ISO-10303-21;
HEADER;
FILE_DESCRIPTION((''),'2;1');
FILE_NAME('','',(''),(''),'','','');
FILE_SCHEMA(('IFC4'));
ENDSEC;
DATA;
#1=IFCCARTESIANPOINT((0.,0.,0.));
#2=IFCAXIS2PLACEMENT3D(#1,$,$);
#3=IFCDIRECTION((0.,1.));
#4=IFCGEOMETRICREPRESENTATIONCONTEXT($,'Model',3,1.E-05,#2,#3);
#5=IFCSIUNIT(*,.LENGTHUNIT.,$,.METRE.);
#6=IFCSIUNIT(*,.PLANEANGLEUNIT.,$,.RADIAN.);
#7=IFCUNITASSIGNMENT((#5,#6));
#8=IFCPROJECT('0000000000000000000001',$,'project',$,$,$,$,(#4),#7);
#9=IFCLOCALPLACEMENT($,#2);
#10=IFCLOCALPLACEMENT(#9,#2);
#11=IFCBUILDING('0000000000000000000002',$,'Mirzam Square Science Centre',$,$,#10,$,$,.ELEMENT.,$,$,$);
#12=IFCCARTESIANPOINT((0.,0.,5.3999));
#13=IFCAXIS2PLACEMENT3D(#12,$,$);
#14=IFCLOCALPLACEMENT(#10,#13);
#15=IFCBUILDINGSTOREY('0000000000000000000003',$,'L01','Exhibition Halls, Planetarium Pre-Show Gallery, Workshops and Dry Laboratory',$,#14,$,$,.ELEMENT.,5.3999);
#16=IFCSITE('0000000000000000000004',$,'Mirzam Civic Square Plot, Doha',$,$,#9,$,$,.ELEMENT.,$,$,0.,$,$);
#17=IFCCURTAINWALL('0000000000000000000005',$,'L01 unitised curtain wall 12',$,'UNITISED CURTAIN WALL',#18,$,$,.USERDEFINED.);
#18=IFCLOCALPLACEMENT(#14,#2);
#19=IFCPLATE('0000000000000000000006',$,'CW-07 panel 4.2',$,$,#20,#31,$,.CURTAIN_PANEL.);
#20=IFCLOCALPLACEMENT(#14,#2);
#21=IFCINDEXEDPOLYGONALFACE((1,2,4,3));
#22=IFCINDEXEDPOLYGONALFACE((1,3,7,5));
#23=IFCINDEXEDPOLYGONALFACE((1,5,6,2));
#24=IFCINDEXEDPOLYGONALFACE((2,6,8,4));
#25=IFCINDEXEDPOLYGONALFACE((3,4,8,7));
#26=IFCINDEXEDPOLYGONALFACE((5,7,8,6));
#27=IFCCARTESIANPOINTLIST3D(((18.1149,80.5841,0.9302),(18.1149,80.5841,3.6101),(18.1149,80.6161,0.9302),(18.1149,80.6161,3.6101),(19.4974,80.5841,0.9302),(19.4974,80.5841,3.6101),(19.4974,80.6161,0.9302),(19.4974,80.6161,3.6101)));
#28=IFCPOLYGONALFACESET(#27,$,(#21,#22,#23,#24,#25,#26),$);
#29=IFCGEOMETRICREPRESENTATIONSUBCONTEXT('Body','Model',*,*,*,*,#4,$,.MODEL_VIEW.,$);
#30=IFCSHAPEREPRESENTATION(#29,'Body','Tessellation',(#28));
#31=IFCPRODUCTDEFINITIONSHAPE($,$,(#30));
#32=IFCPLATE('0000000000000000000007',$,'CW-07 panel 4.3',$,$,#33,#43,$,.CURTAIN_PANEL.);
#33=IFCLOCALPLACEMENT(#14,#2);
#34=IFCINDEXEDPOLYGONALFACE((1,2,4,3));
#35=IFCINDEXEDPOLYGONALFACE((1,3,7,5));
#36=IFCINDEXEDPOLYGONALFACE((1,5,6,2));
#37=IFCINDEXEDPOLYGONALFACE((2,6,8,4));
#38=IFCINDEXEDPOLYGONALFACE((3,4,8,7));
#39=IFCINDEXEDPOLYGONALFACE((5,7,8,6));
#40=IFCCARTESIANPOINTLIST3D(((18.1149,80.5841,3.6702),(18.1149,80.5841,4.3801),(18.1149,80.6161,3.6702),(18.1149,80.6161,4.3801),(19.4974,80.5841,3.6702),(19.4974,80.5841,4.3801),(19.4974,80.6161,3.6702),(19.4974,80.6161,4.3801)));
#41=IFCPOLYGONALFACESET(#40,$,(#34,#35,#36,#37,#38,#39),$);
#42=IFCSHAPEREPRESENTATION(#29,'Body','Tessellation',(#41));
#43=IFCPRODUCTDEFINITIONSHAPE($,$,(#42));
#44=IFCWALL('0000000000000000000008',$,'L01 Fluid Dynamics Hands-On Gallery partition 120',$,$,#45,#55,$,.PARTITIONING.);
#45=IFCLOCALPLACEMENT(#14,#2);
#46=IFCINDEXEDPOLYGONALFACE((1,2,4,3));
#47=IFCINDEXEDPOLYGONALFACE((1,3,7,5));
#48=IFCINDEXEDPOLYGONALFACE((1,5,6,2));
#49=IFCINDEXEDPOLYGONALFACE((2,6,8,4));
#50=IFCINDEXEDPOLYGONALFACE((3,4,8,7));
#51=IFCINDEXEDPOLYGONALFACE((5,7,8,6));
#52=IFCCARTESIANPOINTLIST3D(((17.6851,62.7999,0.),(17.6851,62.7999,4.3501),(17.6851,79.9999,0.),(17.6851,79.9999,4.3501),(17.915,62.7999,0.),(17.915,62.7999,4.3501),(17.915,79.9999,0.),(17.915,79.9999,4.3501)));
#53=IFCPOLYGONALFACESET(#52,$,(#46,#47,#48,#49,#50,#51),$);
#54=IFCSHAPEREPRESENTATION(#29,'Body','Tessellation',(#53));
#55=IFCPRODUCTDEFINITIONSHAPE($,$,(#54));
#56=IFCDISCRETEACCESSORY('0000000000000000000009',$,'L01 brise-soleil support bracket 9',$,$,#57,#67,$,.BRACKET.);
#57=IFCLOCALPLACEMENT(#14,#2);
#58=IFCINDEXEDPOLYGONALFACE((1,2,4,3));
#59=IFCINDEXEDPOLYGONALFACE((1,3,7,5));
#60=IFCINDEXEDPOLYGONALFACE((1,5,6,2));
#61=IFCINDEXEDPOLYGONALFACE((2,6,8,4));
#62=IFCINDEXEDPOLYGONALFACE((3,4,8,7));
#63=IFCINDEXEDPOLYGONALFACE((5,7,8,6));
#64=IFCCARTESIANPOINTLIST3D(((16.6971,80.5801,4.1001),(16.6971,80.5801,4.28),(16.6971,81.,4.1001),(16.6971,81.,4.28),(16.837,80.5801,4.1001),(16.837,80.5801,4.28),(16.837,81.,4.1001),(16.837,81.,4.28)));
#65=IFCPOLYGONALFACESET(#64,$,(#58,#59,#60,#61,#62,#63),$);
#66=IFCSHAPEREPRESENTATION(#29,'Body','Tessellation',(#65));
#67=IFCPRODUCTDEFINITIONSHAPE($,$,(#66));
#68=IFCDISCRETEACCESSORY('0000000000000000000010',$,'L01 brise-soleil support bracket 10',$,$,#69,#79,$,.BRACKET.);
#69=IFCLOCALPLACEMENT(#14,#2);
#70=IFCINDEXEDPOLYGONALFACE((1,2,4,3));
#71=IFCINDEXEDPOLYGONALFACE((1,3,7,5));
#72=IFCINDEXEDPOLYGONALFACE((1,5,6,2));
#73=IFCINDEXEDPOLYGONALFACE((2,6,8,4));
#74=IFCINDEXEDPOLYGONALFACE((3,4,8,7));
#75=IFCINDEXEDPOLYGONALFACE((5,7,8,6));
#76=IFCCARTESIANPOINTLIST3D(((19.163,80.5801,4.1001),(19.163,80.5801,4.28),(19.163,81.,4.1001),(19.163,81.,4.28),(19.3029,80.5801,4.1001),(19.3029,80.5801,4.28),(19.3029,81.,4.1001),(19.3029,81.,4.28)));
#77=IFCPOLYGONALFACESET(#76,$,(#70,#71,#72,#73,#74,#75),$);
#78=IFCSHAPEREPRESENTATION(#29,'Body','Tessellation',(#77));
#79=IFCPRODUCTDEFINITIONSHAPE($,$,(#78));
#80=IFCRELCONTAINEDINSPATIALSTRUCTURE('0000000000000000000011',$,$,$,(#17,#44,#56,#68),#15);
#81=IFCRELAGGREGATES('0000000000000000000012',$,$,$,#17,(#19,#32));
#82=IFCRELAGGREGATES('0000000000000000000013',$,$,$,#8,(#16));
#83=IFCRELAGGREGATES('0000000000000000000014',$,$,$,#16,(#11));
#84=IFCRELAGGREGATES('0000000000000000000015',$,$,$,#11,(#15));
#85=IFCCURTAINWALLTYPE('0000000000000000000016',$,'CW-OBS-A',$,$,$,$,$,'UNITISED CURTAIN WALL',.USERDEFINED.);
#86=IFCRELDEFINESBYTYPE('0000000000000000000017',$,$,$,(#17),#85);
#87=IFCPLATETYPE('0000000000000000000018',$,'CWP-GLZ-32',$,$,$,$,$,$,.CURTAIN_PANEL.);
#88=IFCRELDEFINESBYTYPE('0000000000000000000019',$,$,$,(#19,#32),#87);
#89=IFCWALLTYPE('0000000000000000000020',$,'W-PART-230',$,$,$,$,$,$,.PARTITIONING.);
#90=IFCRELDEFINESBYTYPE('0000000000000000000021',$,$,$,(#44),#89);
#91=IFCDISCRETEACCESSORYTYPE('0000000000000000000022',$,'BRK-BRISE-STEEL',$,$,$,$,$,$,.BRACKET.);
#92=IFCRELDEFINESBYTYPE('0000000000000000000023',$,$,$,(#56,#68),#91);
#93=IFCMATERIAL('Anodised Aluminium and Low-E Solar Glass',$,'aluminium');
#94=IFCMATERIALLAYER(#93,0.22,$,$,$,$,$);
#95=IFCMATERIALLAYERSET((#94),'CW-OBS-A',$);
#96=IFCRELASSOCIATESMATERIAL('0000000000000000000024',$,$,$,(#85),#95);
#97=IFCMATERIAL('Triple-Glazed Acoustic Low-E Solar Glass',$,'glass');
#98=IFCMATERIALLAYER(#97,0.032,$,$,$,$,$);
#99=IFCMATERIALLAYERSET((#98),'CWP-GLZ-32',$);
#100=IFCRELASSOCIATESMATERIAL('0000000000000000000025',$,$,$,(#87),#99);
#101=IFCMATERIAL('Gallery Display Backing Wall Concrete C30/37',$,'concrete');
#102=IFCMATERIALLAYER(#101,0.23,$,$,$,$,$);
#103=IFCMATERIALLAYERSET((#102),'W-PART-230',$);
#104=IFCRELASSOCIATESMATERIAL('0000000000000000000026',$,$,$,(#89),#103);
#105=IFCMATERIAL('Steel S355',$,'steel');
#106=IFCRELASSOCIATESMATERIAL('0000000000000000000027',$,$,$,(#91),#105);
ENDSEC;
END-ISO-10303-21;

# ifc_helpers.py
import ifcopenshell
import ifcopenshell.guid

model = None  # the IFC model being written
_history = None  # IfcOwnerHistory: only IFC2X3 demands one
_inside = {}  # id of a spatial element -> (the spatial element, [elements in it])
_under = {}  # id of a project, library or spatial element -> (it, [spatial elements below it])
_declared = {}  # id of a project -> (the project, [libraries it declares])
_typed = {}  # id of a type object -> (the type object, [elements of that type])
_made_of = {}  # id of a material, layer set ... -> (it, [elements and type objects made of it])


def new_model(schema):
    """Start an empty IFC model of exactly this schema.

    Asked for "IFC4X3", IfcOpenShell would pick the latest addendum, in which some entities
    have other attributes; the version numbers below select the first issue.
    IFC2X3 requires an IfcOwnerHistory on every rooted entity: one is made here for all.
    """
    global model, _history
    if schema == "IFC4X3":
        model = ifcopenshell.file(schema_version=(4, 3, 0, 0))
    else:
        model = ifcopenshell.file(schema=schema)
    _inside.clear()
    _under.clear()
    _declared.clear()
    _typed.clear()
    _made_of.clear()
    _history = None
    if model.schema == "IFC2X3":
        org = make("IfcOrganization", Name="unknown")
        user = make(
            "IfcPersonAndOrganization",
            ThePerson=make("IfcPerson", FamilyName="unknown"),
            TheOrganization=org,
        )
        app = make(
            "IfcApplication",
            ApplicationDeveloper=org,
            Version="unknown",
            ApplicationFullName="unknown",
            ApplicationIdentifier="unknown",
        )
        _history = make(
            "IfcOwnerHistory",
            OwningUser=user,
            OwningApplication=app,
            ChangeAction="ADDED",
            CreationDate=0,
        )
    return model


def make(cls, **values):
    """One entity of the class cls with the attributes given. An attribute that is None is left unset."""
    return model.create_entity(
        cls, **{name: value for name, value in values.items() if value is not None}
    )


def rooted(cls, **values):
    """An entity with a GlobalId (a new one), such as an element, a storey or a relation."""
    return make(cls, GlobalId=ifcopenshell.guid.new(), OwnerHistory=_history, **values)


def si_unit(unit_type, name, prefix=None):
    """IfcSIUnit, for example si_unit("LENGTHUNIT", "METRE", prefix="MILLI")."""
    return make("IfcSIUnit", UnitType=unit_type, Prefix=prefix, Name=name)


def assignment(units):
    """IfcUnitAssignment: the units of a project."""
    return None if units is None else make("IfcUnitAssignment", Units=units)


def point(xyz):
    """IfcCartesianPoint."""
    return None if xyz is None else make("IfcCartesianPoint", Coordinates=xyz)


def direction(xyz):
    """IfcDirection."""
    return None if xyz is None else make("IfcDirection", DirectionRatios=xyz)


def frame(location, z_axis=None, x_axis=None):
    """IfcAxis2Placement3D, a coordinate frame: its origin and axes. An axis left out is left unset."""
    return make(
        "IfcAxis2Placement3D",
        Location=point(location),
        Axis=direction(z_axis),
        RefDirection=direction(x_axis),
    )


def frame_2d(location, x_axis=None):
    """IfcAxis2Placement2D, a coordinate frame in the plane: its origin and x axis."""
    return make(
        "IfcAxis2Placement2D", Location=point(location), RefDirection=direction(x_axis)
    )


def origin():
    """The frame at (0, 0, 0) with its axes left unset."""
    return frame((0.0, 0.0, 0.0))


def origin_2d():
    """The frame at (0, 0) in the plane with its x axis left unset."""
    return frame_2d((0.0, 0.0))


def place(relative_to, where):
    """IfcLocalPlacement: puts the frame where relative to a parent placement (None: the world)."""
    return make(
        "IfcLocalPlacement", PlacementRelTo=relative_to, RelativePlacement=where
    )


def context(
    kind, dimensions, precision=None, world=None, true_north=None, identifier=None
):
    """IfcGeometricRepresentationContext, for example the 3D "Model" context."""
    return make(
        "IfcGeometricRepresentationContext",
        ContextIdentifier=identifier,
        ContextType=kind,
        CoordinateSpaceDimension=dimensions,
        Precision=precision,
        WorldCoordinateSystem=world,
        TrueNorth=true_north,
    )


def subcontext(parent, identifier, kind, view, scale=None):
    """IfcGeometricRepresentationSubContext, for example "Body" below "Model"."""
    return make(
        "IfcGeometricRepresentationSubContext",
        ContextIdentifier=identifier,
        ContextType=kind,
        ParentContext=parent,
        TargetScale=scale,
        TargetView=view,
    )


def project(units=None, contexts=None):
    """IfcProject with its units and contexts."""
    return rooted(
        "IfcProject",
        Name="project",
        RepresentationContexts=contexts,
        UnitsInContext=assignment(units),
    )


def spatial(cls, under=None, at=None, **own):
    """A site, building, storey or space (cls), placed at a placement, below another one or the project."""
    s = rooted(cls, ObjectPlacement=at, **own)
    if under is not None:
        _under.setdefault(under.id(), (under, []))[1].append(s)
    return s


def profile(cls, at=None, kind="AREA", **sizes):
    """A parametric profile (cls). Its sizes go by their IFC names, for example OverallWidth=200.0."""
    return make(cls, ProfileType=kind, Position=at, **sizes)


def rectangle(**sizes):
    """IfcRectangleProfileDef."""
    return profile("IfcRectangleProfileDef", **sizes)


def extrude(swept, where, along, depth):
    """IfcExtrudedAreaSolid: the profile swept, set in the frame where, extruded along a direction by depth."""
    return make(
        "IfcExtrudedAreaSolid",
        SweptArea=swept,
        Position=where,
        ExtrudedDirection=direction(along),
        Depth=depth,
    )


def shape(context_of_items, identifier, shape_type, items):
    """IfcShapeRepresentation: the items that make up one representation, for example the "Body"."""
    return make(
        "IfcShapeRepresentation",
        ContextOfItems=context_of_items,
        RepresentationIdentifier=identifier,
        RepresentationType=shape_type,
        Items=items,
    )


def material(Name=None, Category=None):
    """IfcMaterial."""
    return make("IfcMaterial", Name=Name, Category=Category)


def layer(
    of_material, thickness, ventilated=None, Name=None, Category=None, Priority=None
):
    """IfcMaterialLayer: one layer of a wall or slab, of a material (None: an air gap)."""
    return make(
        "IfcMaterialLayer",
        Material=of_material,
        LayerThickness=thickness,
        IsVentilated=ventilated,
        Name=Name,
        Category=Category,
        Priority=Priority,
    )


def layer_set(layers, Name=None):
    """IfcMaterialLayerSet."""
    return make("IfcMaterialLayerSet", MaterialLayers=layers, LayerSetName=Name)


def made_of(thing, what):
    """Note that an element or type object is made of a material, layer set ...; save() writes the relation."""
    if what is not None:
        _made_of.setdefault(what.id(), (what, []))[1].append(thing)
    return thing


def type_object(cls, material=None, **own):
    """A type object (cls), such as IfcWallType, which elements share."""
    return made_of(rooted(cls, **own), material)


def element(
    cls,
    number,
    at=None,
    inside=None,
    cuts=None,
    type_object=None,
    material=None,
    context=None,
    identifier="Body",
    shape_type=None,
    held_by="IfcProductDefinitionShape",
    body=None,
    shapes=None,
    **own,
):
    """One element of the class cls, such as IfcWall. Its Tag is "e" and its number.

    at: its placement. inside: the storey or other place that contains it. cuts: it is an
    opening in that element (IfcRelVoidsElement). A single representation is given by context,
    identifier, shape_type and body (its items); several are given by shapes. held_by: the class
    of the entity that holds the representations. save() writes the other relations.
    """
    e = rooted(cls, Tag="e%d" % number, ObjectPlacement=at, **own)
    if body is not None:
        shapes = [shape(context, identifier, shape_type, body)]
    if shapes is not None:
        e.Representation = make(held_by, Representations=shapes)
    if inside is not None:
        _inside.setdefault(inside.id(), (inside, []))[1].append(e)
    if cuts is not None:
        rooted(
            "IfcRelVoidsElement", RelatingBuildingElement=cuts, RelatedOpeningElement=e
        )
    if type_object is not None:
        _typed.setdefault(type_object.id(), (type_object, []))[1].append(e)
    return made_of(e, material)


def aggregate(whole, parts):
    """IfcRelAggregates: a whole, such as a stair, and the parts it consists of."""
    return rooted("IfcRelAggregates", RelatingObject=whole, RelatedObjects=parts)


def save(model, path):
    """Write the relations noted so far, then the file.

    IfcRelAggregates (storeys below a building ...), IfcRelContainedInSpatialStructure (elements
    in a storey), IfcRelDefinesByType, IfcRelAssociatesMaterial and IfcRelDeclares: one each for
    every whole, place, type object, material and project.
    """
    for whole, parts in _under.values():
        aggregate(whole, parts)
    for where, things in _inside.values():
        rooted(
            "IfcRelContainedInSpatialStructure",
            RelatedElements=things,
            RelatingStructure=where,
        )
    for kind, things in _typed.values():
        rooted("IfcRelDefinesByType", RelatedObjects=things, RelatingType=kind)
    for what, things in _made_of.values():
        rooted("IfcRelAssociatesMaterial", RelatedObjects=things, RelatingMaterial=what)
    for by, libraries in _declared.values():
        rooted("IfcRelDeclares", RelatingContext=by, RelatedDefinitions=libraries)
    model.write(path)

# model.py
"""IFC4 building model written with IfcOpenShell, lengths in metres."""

from ifc_helpers import new_model, si_unit, direction, frame, frame_2d, origin, origin_2d, place, context, subcontext, project, spatial, rectangle, extrude, material, layer, layer_set, type_object, element, aggregate, save


model = new_model("IFC4")

# Units and contexts
model_context = context("Model", 3, precision=1e-05, world=origin(), true_north=direction((0.0, 1.0)))
body_context = subcontext(model_context, "Body", "Model", "MODEL_VIEW")
ifc_project = project(units=[si_unit("LENGTHUNIT", "METRE"), si_unit("PLANEANGLEUNIT", "RADIAN")], contexts=[model_context])

# Site, building, storey
site_placement = place(None, origin())
site = spatial("IfcSite", under=ifc_project, at=site_placement, Name="Mirzam Civic Square Plot, Doha", CompositionType="ELEMENT", RefElevation=0.0)
building_placement = place(site_placement, origin())
building = spatial("IfcBuilding", under=site, at=building_placement, Name="Mirzam Square Science Centre", CompositionType="ELEMENT")
storey_placement = place(building_placement, frame((0.0, 0.0, 5.3999)))
storey = spatial("IfcBuildingStorey", under=building, at=storey_placement, Name="L01", Description="Exhibition Halls, Planetarium Pre-Show Gallery, Workshops and Dry Laboratory", CompositionType="ELEMENT", Elevation=5.3999)

# Shared definitions
ifc_material_1 = material(Name="Steel S355", Category="steel")

# Curtain wall
ifc_material_2 = material(Name="Anodised Aluminium and Low-E Solar Glass", Category="aluminium")
ifc_layer_1 = layer(ifc_material_2, 0.22)
ifc_layer_set_1 = layer_set([ifc_layer_1], Name="CW-OBS-A")
curtain_wall_type_1 = type_object("IfcCurtainWallType", Name="CW-OBS-A", ElementType="UNITISED CURTAIN WALL", PredefinedType="USERDEFINED", material=ifc_layer_set_1)
curtain_wall_1_placement = place(storey_placement, origin())
curtain_wall_1 = element("IfcCurtainWall", 1, at=curtain_wall_1_placement, inside=storey, type_object=curtain_wall_type_1, Name="L01 unitised curtain wall 12", ObjectType="UNITISED CURTAIN WALL", PredefinedType="USERDEFINED")

# Plates
ifc_material_3 = material(Name="Triple-Glazed Acoustic Low-E Solar Glass", Category="glass")
ifc_layer_2 = layer(ifc_material_3, 0.032)
ifc_layer_set_2 = layer_set([ifc_layer_2], Name="CWP-GLZ-32")
plate_type_1 = type_object("IfcPlateType", Name="CWP-GLZ-32", PredefinedType="CURTAIN_PANEL", material=ifc_layer_set_2)
plate_1_placement = place(storey_placement, frame((18.8062, 80.6001, 0.9302), z_axis=(0.0, 0.0, 1.0), x_axis=(-1.0, 0.0, 0.0)))
plate_1 = element("IfcPlate", 2, at=plate_1_placement, type_object=plate_type_1, Name="CW-07 panel 4.2", PredefinedType="CURTAIN_PANEL", context=body_context, shape_type="SweptSolid", body=[
    extrude(rectangle(XDim=1.3826, YDim=0.032, at=origin_2d()), origin(), (0.0, 0.0, 1.0), 2.6799),
])
plate_2_placement = place(storey_placement, frame((18.8062, 80.6001, 3.6702), z_axis=(0.0, 0.0, 1.0), x_axis=(-1.0, 0.0, 0.0)))
plate_2 = element("IfcPlate", 3, at=plate_2_placement, type_object=plate_type_1, Name="CW-07 panel 4.3", PredefinedType="CURTAIN_PANEL", context=body_context, shape_type="SweptSolid", body=[
    extrude(rectangle(XDim=1.3826, YDim=0.032, at=origin_2d()), origin(), (0.0, 0.0, 1.0), 0.71),
])
aggregate(curtain_wall_1, [plate_1, plate_2])

# Wall
ifc_material_4 = material(Name="Gallery Display Backing Wall Concrete C30/37", Category="concrete")
ifc_layer_3 = layer(ifc_material_4, 0.23)
ifc_layer_set_3 = layer_set([ifc_layer_3], Name="W-PART-230")
wall_type = type_object("IfcWallType", Name="W-PART-230", PredefinedType="PARTITIONING", material=ifc_layer_set_3)
wall_placement = place(storey_placement, frame((17.8, 80.0, 0.0), z_axis=(0.0, 0.0, 1.0), x_axis=(0.0, -1.0, 0.0)))
element("IfcWall", 4, at=wall_placement, inside=storey, type_object=wall_type, Name="L01 Fluid Dynamics Hands-On Gallery partition 120", PredefinedType="PARTITIONING", context=body_context, shape_type="SweptSolid", body=[
    extrude(rectangle(XDim=17.2, YDim=0.23, at=frame_2d((8.6001, 0.0))), origin(), (0.0, 0.0, 1.0), 4.3501),
])

# Discrete accessories
discrete_accessory_type = type_object("IfcDiscreteAccessoryType", Name="BRK-BRISE-STEEL", PredefinedType="BRACKET", material=ifc_material_1)
for number, where, z_axis, x_axis, name in (
    (5, (16.7671, 80.79, 4.1001), (0.0, 0.0, 1.0), (-1.0, 0.0, 0.0), "L01 brise-soleil support bracket 9"),
    (6, (19.2329, 80.79, 4.1001), (0.0, 0.0, 1.0), (-1.0, 0.0, 0.0), "L01 brise-soleil support bracket 10"),
):
    element("IfcDiscreteAccessory", number, at=place(storey_placement, frame(where, z_axis=z_axis, x_axis=x_axis)), inside=storey, type_object=discrete_accessory_type, Name=name, PredefinedType="BRACKET", context=body_context, shape_type="SweptSolid", body=[
        extrude(rectangle(XDim=0.1399, YDim=0.4199, at=origin_2d()), origin(), (0.0, 0.0, 1.0), 0.1799),
    ])

save(model, "model.ifc")
